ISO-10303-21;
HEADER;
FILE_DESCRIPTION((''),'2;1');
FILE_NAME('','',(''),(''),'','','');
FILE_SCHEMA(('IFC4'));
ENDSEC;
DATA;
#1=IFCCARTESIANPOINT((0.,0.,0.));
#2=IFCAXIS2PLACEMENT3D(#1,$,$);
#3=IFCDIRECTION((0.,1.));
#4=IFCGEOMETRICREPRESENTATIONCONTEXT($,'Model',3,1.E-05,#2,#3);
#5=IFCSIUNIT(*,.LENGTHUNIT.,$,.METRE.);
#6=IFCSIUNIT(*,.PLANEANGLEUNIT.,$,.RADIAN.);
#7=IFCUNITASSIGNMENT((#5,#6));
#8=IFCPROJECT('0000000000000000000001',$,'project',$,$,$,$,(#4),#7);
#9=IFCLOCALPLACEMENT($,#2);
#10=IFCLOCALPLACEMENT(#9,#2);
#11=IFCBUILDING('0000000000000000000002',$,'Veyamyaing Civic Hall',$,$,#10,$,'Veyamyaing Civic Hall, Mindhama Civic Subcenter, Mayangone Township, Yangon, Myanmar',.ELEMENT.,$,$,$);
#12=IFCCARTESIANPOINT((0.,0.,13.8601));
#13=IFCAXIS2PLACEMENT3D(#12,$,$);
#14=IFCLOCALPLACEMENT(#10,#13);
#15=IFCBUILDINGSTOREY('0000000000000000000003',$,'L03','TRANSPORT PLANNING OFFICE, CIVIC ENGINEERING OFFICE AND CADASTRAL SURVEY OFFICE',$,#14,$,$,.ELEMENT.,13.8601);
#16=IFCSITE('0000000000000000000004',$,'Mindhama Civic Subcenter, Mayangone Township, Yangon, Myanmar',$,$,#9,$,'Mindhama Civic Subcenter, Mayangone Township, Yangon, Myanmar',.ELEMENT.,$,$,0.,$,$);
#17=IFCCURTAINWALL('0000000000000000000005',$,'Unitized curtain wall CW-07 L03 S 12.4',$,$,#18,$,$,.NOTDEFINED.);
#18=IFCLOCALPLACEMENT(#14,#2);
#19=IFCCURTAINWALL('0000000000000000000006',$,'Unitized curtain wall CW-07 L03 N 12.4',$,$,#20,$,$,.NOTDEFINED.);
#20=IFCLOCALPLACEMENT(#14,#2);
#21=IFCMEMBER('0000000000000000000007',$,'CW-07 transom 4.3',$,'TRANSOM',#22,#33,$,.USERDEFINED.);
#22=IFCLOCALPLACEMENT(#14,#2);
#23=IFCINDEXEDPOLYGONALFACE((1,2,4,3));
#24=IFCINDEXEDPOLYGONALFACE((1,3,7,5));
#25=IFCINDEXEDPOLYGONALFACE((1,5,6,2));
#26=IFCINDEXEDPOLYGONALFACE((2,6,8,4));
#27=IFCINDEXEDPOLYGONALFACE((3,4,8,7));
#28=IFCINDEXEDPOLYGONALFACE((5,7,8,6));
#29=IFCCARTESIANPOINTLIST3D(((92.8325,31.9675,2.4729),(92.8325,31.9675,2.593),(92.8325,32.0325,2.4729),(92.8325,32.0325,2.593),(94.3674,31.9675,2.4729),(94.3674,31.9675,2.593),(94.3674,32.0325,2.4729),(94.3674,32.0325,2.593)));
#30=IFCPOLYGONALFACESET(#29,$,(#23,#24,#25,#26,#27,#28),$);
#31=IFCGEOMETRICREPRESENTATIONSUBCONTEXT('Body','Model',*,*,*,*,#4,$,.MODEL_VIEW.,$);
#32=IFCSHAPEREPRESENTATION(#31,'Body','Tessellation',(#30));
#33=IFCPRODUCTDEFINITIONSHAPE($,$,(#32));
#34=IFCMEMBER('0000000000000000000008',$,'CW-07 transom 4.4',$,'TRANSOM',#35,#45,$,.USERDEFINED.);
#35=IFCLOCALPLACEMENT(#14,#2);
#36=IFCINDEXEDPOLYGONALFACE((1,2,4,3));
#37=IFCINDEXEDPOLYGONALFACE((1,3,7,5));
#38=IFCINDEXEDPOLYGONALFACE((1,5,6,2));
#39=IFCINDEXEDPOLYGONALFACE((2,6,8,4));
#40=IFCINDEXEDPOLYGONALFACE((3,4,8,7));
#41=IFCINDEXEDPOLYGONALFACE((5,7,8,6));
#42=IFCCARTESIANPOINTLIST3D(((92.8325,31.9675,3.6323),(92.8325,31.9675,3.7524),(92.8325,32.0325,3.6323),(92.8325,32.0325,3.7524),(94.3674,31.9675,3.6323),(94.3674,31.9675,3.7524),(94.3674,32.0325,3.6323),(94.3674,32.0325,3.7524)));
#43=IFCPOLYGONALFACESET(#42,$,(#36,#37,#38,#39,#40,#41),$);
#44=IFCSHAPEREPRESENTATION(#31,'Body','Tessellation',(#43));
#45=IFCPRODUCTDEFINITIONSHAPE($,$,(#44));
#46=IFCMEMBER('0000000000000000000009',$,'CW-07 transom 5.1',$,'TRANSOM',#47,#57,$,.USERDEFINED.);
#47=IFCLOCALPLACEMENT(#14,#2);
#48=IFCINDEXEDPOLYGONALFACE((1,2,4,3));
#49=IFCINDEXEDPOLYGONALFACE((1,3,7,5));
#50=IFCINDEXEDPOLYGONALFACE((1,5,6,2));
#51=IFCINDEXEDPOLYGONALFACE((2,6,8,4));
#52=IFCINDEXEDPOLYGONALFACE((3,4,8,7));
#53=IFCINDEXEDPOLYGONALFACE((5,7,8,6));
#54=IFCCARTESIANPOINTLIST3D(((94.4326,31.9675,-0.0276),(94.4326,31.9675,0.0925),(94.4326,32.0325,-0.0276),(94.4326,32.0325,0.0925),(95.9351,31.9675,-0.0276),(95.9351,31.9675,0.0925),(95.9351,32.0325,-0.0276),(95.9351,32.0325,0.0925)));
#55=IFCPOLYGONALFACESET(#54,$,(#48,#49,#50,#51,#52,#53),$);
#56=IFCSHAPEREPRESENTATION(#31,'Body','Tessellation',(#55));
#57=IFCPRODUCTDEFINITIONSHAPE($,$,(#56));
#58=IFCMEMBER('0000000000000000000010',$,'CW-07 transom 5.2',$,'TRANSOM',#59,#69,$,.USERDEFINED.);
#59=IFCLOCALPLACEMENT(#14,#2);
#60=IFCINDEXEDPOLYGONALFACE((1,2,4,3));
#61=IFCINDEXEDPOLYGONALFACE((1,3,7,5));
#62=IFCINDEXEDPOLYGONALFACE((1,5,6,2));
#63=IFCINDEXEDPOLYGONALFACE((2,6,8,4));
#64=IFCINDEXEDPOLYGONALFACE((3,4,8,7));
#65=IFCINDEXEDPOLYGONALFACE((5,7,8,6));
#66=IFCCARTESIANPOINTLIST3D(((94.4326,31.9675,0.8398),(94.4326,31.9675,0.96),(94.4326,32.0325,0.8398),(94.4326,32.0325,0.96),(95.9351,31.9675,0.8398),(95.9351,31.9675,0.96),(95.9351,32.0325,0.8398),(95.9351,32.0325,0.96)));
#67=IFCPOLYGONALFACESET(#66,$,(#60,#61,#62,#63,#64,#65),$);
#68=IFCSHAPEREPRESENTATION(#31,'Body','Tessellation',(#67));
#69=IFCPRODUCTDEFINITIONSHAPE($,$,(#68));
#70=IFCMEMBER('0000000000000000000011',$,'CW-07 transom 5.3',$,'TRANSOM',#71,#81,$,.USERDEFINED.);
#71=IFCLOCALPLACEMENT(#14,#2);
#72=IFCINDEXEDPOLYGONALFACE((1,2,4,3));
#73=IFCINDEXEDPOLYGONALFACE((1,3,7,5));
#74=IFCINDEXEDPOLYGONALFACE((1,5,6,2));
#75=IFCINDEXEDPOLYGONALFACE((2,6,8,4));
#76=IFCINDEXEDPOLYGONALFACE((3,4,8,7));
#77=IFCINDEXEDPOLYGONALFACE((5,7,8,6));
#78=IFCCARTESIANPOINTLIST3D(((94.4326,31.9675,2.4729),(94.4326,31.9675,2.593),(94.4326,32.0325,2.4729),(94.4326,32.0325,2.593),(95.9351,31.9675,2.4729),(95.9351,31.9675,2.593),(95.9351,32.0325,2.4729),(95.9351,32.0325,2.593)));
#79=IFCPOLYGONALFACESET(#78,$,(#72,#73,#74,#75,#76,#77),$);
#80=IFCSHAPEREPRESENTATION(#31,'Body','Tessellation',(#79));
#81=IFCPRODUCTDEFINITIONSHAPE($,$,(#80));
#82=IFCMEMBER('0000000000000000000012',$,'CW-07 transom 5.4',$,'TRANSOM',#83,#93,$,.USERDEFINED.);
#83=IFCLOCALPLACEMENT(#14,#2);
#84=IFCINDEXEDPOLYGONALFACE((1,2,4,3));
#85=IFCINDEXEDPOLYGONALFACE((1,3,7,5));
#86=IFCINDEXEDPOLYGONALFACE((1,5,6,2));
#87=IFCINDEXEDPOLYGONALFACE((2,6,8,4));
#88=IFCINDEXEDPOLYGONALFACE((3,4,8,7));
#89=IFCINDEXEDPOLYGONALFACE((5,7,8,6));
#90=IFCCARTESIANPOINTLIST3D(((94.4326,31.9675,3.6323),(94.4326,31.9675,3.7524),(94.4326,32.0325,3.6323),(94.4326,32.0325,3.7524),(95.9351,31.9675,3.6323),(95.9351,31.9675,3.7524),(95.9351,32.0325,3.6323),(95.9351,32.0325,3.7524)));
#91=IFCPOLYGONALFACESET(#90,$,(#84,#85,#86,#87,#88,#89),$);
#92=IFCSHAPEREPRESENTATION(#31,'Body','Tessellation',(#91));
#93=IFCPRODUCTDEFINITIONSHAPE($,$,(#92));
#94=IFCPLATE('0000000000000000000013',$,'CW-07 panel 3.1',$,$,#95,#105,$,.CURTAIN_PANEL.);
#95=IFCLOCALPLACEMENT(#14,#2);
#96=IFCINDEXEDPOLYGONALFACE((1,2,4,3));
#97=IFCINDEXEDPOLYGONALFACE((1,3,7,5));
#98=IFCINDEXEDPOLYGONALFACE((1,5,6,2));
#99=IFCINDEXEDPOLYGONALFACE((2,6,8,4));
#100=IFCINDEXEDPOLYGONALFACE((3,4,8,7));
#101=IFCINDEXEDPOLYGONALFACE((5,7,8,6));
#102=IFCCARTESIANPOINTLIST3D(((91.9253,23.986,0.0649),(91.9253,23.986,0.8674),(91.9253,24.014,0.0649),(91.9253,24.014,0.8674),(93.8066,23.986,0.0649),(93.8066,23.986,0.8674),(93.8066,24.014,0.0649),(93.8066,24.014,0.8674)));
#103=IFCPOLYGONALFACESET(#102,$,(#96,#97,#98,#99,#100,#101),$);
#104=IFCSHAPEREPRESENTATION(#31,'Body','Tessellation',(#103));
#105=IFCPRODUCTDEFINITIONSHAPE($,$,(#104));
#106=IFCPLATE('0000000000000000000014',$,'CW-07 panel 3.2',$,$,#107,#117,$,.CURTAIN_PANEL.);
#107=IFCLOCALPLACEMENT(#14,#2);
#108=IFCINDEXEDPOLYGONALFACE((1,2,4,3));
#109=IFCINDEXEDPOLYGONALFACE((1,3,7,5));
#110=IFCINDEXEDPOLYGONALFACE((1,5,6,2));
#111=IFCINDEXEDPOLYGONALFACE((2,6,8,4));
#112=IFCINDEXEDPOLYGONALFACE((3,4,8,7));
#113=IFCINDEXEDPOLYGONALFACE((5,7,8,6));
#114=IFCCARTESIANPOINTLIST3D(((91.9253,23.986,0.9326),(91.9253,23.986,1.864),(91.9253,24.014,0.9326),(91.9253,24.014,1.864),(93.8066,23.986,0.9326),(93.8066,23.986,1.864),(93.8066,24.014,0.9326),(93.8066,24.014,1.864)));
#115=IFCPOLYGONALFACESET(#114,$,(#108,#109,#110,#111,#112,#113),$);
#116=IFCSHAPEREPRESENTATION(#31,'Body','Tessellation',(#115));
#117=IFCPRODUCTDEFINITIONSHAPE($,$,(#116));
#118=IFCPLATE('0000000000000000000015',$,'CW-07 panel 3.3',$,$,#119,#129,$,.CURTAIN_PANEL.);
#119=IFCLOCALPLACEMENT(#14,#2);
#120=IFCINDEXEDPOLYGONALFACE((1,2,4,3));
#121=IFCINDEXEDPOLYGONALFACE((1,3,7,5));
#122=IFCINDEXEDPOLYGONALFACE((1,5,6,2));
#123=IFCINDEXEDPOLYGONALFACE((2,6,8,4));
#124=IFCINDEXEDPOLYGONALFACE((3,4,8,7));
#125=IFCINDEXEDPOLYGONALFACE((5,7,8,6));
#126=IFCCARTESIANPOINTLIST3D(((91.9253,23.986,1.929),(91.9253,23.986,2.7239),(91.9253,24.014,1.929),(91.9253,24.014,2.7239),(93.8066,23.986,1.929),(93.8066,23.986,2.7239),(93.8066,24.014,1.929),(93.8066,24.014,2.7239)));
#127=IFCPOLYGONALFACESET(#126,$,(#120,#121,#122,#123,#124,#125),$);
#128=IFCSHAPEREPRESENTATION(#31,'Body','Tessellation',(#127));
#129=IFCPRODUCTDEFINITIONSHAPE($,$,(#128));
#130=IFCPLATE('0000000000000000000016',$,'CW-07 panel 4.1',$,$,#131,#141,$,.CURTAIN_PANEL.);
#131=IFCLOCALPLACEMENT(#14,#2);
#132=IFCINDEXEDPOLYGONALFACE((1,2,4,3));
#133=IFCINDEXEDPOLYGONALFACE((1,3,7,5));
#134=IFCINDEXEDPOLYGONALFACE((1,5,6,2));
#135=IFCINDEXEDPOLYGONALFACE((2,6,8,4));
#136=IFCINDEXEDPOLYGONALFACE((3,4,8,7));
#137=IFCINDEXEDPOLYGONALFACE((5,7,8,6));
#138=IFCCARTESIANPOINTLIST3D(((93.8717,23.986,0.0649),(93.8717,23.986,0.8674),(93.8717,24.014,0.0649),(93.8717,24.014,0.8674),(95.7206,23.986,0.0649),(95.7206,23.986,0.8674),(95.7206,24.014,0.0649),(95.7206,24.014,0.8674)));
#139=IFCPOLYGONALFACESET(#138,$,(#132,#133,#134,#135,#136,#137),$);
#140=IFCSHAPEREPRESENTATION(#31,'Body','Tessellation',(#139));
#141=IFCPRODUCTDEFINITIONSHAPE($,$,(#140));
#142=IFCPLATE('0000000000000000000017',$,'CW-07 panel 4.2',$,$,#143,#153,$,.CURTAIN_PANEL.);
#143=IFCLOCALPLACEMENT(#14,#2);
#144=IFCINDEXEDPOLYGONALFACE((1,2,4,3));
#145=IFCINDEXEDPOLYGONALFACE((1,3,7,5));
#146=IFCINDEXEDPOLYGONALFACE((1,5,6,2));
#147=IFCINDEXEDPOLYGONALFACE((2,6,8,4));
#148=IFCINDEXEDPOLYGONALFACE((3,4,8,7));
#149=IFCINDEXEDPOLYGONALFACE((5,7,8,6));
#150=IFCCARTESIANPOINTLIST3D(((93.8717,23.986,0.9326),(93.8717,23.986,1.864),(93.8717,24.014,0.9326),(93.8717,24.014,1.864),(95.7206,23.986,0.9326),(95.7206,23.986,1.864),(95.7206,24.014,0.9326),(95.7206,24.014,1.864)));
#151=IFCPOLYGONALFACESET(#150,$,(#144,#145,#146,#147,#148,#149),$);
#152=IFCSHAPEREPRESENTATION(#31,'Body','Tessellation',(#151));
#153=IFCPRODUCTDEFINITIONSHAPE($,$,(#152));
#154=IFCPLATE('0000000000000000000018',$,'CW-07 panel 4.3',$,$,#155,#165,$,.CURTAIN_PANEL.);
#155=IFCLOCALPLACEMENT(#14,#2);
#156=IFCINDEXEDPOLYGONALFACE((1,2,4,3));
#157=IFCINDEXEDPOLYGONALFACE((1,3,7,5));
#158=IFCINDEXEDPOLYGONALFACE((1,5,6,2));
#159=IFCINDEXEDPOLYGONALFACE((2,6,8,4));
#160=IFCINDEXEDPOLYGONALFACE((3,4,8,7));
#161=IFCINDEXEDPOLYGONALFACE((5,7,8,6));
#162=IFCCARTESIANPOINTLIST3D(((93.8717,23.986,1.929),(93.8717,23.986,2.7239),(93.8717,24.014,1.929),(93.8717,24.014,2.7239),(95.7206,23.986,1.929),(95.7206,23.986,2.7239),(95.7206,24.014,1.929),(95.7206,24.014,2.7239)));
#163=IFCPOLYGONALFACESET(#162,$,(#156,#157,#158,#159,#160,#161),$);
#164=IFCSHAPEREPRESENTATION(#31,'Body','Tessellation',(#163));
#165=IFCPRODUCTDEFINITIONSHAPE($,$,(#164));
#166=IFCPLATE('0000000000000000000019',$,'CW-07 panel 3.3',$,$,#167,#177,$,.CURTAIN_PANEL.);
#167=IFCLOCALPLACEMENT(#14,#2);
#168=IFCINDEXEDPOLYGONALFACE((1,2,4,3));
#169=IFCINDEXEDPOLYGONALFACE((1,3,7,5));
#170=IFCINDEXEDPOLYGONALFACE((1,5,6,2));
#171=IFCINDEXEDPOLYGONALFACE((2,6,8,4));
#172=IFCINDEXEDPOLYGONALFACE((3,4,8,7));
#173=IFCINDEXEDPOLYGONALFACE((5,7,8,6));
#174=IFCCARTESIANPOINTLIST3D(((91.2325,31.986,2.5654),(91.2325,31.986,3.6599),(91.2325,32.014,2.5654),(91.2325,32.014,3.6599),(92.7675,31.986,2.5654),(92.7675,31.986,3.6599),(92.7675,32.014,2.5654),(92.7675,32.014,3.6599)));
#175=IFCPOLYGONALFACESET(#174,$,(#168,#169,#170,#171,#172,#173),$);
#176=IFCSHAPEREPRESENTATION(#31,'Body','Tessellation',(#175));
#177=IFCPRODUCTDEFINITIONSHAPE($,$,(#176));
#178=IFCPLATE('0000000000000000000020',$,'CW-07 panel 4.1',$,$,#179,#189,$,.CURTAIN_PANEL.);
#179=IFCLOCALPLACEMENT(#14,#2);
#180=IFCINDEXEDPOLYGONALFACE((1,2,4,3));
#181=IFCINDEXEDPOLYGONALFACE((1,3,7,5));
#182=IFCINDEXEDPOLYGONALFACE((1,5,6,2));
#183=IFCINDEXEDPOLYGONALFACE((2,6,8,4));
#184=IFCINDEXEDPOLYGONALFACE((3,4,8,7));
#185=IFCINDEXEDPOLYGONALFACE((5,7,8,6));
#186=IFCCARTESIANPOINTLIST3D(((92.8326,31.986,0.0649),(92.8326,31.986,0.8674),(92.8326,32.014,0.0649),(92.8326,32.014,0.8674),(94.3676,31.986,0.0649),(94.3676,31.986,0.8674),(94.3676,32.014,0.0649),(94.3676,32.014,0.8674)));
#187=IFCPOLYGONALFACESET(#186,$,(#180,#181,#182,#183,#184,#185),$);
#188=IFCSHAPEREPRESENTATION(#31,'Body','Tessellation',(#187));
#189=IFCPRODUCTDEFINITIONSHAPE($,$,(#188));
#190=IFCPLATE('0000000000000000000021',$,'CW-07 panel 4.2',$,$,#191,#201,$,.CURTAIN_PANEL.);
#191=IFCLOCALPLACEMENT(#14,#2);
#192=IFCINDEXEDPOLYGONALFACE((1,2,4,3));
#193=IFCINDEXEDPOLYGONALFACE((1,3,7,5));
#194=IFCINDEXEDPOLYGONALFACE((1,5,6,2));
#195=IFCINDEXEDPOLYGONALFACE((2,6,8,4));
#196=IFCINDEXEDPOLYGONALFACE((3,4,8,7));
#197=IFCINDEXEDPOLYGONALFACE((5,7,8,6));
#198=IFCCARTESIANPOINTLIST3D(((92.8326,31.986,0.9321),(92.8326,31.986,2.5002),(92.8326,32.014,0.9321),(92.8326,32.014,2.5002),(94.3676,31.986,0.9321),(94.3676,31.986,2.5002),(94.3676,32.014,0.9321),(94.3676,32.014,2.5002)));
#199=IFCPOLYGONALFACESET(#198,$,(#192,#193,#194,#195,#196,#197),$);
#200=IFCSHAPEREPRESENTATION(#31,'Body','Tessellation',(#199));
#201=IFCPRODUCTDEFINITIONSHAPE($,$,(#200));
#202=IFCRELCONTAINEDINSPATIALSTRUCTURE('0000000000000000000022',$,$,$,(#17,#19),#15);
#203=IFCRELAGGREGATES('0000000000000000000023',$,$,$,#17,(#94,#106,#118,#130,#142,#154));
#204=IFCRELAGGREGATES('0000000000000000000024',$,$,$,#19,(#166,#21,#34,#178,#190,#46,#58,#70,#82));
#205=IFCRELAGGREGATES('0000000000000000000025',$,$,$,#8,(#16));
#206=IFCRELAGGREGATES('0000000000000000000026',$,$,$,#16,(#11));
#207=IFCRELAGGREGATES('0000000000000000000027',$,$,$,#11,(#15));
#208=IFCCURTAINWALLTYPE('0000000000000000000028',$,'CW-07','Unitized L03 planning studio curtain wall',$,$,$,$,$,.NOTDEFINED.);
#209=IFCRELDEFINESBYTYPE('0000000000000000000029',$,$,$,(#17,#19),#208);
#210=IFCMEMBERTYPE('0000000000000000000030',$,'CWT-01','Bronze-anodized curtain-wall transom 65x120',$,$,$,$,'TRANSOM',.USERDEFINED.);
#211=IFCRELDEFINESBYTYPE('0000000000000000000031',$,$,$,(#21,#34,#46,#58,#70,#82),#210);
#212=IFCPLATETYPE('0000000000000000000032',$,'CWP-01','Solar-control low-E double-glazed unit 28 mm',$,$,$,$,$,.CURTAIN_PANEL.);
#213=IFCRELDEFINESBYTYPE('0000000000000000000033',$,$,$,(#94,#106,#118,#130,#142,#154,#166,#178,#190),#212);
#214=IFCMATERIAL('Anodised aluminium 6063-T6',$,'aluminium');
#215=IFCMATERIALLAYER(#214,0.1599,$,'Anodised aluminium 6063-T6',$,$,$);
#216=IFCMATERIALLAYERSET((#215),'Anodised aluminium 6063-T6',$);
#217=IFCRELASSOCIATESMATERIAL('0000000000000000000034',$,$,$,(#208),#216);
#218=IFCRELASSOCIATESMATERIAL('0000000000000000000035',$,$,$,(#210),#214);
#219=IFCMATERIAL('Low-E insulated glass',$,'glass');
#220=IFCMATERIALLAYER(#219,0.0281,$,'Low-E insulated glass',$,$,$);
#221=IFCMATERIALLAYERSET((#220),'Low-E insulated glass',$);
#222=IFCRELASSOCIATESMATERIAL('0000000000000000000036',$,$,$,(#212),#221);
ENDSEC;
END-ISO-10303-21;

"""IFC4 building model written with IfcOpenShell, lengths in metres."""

from ifc_helpers import new_model, si_unit, direction, frame, origin, origin_2d, place, context, subcontext, project, spatial, rectangle, extrude, material, layer, layer_set, material_profile, profile_set, type_object, element, aggregate, save


model = new_model("IFC4")

# Units and contexts
model_context = context("Model", 3, precision=1e-05, world=origin(), true_north=direction((0.0, 1.0)))
body_context = subcontext(model_context, "Body", "Model", "MODEL_VIEW")
ifc_project = project(units=[si_unit("LENGTHUNIT", "METRE"), si_unit("PLANEANGLEUNIT", "RADIAN")], contexts=[model_context])

# Site, building, storey
site_placement = place(None, origin())
site = spatial("IfcSite", under=ifc_project, at=site_placement, Name="Mindhama Civic Subcenter, Mayangone Township, Yangon, Myanmar", LongName="Mindhama Civic Subcenter, Mayangone Township, Yangon, Myanmar", CompositionType="ELEMENT", RefElevation=0.0)
building_placement = place(site_placement, origin())
building = spatial("IfcBuilding", under=site, at=building_placement, Name="Veyamyaing Civic Hall", LongName="Veyamyaing Civic Hall, Mindhama Civic Subcenter, Mayangone Township, Yangon, Myanmar", CompositionType="ELEMENT")
storey_placement = place(building_placement, frame((0.0, 0.0, 13.8601)))
storey = spatial("IfcBuildingStorey", under=building, at=storey_placement, Name="L03", Description="TRANSPORT PLANNING OFFICE, CIVIC ENGINEERING OFFICE AND CADASTRAL SURVEY OFFICE", CompositionType="ELEMENT", Elevation=13.8601)

# Curtain walls
ifc_material_1 = material(Name="Anodised aluminium 6063-T6", Category="aluminium")
ifc_layer_1 = layer(ifc_material_1, 0.1599, Name="Anodised aluminium 6063-T6")
ifc_layer_set_1 = layer_set([ifc_layer_1], Name="Anodised aluminium 6063-T6")
curtain_wall_type = type_object("IfcCurtainWallType", Name="CW-07", Description="Unitized L03 planning studio curtain wall", PredefinedType="NOTDEFINED", material=ifc_layer_set_1)
curtain_wall_1_placement = place(storey_placement, origin())
curtain_wall_1 = element("IfcCurtainWall", 1, at=curtain_wall_1_placement, inside=storey, type_object=curtain_wall_type, Name="Unitized curtain wall CW-07 L03 S 12.4", PredefinedType="NOTDEFINED")
curtain_wall_2_placement = place(storey_placement, origin())
curtain_wall_2 = element("IfcCurtainWall", 2, at=curtain_wall_2_placement, inside=storey, type_object=curtain_wall_type, Name="Unitized curtain wall CW-07 L03 N 12.4", PredefinedType="NOTDEFINED")

# Members
ifc_material_profile_1 = material_profile(ifc_material_1, rectangle(XDim=0.0649, YDim=0.1201, at=origin_2d()), Name="ALU-TRN-65X120")
ifc_profile_set_1 = profile_set([ifc_material_profile_1], Name="Anodised aluminium 6063-T6")
member_type_1 = type_object("IfcMemberType", Name="CWT-01", Description="Bronze-anodized curtain-wall transom 65x120", ElementType="TRANSOM", PredefinedType="USERDEFINED", material=ifc_profile_set_1)
member_1_placement = place(storey_placement, frame((92.8325, 32.0, 2.533), z_axis=(1.0, 0.0, 0.0), x_axis=(0.0, 1.0, 0.0)))
member_1 = element("IfcMember", 3, at=member_1_placement, type_object=member_type_1, Name="CW-07 transom 4.3", ObjectType="TRANSOM", PredefinedType="USERDEFINED", context=body_context, shape_type="SweptSolid", body=[
    extrude(rectangle(XDim=0.0649, YDim=0.1201, at=origin_2d()), origin(), (0.0, 0.0, 1.0), 1.5349),
])
member_2_placement = place(storey_placement, frame((92.8325, 32.0, 3.6924), z_axis=(1.0, 0.0, 0.0), x_axis=(0.0, 1.0, 0.0)))
member_2 = element("IfcMember", 4, at=member_2_placement, type_object=member_type_1, Name="CW-07 transom 4.4", ObjectType="TRANSOM", PredefinedType="USERDEFINED", context=body_context, shape_type="SweptSolid", body=[
    extrude(rectangle(XDim=0.0649, YDim=0.1201, at=origin_2d()), origin(), (0.0, 0.0, 1.0), 1.5349),
])
member_3_placement = place(storey_placement, frame((94.4326, 32.0, 0.0325), z_axis=(1.0, 0.0, 0.0), x_axis=(0.0, 1.0, 0.0)))
member_3 = element("IfcMember", 5, at=member_3_placement, type_object=member_type_1, Name="CW-07 transom 5.1", ObjectType="TRANSOM", PredefinedType="USERDEFINED", context=body_context, shape_type="SweptSolid", body=[
    extrude(rectangle(XDim=0.0649, YDim=0.1201, at=origin_2d()), origin(), (0.0, 0.0, 1.0), 1.5024),
])
member_4_placement = place(storey_placement, frame((94.4326, 32.0, 0.8999), z_axis=(1.0, 0.0, 0.0), x_axis=(0.0, 1.0, 0.0)))
member_4 = element("IfcMember", 6, at=member_4_placement, type_object=member_type_1, Name="CW-07 transom 5.2", ObjectType="TRANSOM", PredefinedType="USERDEFINED", context=body_context, shape_type="SweptSolid", body=[
    extrude(rectangle(XDim=0.0649, YDim=0.1201, at=origin_2d()), origin(), (0.0, 0.0, 1.0), 1.5024),
])
member_5_placement = place(storey_placement, frame((94.4326, 32.0, 2.533), z_axis=(1.0, 0.0, 0.0), x_axis=(0.0, 1.0, 0.0)))
member_5 = element("IfcMember", 7, at=member_5_placement, type_object=member_type_1, Name="CW-07 transom 5.3", ObjectType="TRANSOM", PredefinedType="USERDEFINED", context=body_context, shape_type="SweptSolid", body=[
    extrude(rectangle(XDim=0.0649, YDim=0.1201, at=origin_2d()), origin(), (0.0, 0.0, 1.0), 1.5024),
])
member_6_placement = place(storey_placement, frame((94.4326, 32.0, 3.6924), z_axis=(1.0, 0.0, 0.0), x_axis=(0.0, 1.0, 0.0)))
member_6 = element("IfcMember", 8, at=member_6_placement, type_object=member_type_1, Name="CW-07 transom 5.4", ObjectType="TRANSOM", PredefinedType="USERDEFINED", context=body_context, shape_type="SweptSolid", body=[
    extrude(rectangle(XDim=0.0649, YDim=0.1201, at=origin_2d()), origin(), (0.0, 0.0, 1.0), 1.5024),
])

# Plates
ifc_material_2 = material(Name="Low-E insulated glass", Category="glass")
ifc_layer_2 = layer(ifc_material_2, 0.0281, Name="Low-E insulated glass")
ifc_layer_set_2 = layer_set([ifc_layer_2], Name="Low-E insulated glass")
plate_type = type_object("IfcPlateType", Name="CWP-01", Description="Solar-control low-E double-glazed unit 28 mm", PredefinedType="CURTAIN_PANEL", material=ifc_layer_set_2)
plate_1_placement = place(storey_placement, frame((92.866, 24.0, 0.0649), z_axis=(0.0, 0.0, 1.0), x_axis=(1.0, 0.0, 0.0)))
plate_1 = element("IfcPlate", 9, at=plate_1_placement, type_object=plate_type, Name="CW-07 panel 3.1", PredefinedType="CURTAIN_PANEL", context=body_context, shape_type="SweptSolid", body=[
    extrude(rectangle(XDim=1.8813, YDim=0.0281, at=origin_2d()), origin(), (0.0, 0.0, 1.0), 0.8025),
])
plate_2_placement = place(storey_placement, frame((92.866, 24.0, 0.9326), z_axis=(0.0, 0.0, 1.0), x_axis=(1.0, 0.0, 0.0)))
plate_2 = element("IfcPlate", 10, at=plate_2_placement, type_object=plate_type, Name="CW-07 panel 3.2", PredefinedType="CURTAIN_PANEL", context=body_context, shape_type="SweptSolid", body=[
    extrude(rectangle(XDim=1.8813, YDim=0.0281, at=origin_2d()), origin(), (0.0, 0.0, 1.0), 0.9314),
])
plate_3_placement = place(storey_placement, frame((92.866, 24.0, 1.929), z_axis=(0.0, 0.0, 1.0), x_axis=(1.0, 0.0, 0.0)))
plate_3 = element("IfcPlate", 11, at=plate_3_placement, type_object=plate_type, Name="CW-07 panel 3.3", PredefinedType="CURTAIN_PANEL", context=body_context, shape_type="SweptSolid", body=[
    extrude(rectangle(XDim=1.8813, YDim=0.0281, at=origin_2d()), origin(), (0.0, 0.0, 1.0), 0.7949),
])
plate_4_placement = place(storey_placement, frame((94.7961, 24.0, 0.0649), z_axis=(0.0, 0.0, 1.0), x_axis=(1.0, 0.0, 0.0)))
plate_4 = element("IfcPlate", 12, at=plate_4_placement, type_object=plate_type, Name="CW-07 panel 4.1", PredefinedType="CURTAIN_PANEL", context=body_context, shape_type="SweptSolid", body=[
    extrude(rectangle(XDim=1.8489, YDim=0.0281, at=origin_2d()), origin(), (0.0, 0.0, 1.0), 0.8025),
])
plate_5_placement = place(storey_placement, frame((94.7961, 24.0, 0.9326), z_axis=(0.0, 0.0, 1.0), x_axis=(1.0, 0.0, 0.0)))
plate_5 = element("IfcPlate", 13, at=plate_5_placement, type_object=plate_type, Name="CW-07 panel 4.2", PredefinedType="CURTAIN_PANEL", context=body_context, shape_type="SweptSolid", body=[
    extrude(rectangle(XDim=1.8489, YDim=0.0281, at=origin_2d()), origin(), (0.0, 0.0, 1.0), 0.9314),
])
plate_6_placement = place(storey_placement, frame((94.7961, 24.0, 1.929), z_axis=(0.0, 0.0, 1.0), x_axis=(1.0, 0.0, 0.0)))
plate_6 = element("IfcPlate", 14, at=plate_6_placement, type_object=plate_type, Name="CW-07 panel 4.3", PredefinedType="CURTAIN_PANEL", context=body_context, shape_type="SweptSolid", body=[
    extrude(rectangle(XDim=1.8489, YDim=0.0281, at=origin_2d()), origin(), (0.0, 0.0, 1.0), 0.7949),
])
aggregate(curtain_wall_1, [plate_1, plate_2, plate_3, plate_4, plate_5, plate_6])
plate_7_placement = place(storey_placement, frame((92.0, 32.0, 2.5654), z_axis=(0.0, 0.0, 1.0), x_axis=(1.0, 0.0, 0.0)))
plate_7 = element("IfcPlate", 15, at=plate_7_placement, type_object=plate_type, Name="CW-07 panel 3.3", PredefinedType="CURTAIN_PANEL", context=body_context, shape_type="SweptSolid", body=[
    extrude(rectangle(XDim=1.5349, YDim=0.0281, at=origin_2d()), origin(), (0.0, 0.0, 1.0), 1.0945),
])
plate_8_placement = place(storey_placement, frame((93.6001, 32.0, 0.0649), z_axis=(0.0, 0.0, 1.0), x_axis=(1.0, 0.0, 0.0)))
plate_8 = element("IfcPlate", 16, at=plate_8_placement, type_object=plate_type, Name="CW-07 panel 4.1", PredefinedType="CURTAIN_PANEL", context=body_context, shape_type="SweptSolid", body=[
    extrude(rectangle(XDim=1.5349, YDim=0.0281, at=origin_2d()), origin(), (0.0, 0.0, 1.0), 0.8025),
])
plate_9_placement = place(storey_placement, frame((93.6001, 32.0, 0.9321), z_axis=(0.0, 0.0, 1.0), x_axis=(1.0, 0.0, 0.0)))
plate_9 = element("IfcPlate", 17, at=plate_9_placement, type_object=plate_type, Name="CW-07 panel 4.2", PredefinedType="CURTAIN_PANEL", context=body_context, shape_type="SweptSolid", body=[
    extrude(rectangle(XDim=1.5349, YDim=0.0281, at=origin_2d()), origin(), (0.0, 0.0, 1.0), 1.5681),
])
aggregate(curtain_wall_2, [plate_7, member_1, member_2, plate_8, plate_9, member_3, member_4, member_5, member_6])

save(model, "model.ifc")
